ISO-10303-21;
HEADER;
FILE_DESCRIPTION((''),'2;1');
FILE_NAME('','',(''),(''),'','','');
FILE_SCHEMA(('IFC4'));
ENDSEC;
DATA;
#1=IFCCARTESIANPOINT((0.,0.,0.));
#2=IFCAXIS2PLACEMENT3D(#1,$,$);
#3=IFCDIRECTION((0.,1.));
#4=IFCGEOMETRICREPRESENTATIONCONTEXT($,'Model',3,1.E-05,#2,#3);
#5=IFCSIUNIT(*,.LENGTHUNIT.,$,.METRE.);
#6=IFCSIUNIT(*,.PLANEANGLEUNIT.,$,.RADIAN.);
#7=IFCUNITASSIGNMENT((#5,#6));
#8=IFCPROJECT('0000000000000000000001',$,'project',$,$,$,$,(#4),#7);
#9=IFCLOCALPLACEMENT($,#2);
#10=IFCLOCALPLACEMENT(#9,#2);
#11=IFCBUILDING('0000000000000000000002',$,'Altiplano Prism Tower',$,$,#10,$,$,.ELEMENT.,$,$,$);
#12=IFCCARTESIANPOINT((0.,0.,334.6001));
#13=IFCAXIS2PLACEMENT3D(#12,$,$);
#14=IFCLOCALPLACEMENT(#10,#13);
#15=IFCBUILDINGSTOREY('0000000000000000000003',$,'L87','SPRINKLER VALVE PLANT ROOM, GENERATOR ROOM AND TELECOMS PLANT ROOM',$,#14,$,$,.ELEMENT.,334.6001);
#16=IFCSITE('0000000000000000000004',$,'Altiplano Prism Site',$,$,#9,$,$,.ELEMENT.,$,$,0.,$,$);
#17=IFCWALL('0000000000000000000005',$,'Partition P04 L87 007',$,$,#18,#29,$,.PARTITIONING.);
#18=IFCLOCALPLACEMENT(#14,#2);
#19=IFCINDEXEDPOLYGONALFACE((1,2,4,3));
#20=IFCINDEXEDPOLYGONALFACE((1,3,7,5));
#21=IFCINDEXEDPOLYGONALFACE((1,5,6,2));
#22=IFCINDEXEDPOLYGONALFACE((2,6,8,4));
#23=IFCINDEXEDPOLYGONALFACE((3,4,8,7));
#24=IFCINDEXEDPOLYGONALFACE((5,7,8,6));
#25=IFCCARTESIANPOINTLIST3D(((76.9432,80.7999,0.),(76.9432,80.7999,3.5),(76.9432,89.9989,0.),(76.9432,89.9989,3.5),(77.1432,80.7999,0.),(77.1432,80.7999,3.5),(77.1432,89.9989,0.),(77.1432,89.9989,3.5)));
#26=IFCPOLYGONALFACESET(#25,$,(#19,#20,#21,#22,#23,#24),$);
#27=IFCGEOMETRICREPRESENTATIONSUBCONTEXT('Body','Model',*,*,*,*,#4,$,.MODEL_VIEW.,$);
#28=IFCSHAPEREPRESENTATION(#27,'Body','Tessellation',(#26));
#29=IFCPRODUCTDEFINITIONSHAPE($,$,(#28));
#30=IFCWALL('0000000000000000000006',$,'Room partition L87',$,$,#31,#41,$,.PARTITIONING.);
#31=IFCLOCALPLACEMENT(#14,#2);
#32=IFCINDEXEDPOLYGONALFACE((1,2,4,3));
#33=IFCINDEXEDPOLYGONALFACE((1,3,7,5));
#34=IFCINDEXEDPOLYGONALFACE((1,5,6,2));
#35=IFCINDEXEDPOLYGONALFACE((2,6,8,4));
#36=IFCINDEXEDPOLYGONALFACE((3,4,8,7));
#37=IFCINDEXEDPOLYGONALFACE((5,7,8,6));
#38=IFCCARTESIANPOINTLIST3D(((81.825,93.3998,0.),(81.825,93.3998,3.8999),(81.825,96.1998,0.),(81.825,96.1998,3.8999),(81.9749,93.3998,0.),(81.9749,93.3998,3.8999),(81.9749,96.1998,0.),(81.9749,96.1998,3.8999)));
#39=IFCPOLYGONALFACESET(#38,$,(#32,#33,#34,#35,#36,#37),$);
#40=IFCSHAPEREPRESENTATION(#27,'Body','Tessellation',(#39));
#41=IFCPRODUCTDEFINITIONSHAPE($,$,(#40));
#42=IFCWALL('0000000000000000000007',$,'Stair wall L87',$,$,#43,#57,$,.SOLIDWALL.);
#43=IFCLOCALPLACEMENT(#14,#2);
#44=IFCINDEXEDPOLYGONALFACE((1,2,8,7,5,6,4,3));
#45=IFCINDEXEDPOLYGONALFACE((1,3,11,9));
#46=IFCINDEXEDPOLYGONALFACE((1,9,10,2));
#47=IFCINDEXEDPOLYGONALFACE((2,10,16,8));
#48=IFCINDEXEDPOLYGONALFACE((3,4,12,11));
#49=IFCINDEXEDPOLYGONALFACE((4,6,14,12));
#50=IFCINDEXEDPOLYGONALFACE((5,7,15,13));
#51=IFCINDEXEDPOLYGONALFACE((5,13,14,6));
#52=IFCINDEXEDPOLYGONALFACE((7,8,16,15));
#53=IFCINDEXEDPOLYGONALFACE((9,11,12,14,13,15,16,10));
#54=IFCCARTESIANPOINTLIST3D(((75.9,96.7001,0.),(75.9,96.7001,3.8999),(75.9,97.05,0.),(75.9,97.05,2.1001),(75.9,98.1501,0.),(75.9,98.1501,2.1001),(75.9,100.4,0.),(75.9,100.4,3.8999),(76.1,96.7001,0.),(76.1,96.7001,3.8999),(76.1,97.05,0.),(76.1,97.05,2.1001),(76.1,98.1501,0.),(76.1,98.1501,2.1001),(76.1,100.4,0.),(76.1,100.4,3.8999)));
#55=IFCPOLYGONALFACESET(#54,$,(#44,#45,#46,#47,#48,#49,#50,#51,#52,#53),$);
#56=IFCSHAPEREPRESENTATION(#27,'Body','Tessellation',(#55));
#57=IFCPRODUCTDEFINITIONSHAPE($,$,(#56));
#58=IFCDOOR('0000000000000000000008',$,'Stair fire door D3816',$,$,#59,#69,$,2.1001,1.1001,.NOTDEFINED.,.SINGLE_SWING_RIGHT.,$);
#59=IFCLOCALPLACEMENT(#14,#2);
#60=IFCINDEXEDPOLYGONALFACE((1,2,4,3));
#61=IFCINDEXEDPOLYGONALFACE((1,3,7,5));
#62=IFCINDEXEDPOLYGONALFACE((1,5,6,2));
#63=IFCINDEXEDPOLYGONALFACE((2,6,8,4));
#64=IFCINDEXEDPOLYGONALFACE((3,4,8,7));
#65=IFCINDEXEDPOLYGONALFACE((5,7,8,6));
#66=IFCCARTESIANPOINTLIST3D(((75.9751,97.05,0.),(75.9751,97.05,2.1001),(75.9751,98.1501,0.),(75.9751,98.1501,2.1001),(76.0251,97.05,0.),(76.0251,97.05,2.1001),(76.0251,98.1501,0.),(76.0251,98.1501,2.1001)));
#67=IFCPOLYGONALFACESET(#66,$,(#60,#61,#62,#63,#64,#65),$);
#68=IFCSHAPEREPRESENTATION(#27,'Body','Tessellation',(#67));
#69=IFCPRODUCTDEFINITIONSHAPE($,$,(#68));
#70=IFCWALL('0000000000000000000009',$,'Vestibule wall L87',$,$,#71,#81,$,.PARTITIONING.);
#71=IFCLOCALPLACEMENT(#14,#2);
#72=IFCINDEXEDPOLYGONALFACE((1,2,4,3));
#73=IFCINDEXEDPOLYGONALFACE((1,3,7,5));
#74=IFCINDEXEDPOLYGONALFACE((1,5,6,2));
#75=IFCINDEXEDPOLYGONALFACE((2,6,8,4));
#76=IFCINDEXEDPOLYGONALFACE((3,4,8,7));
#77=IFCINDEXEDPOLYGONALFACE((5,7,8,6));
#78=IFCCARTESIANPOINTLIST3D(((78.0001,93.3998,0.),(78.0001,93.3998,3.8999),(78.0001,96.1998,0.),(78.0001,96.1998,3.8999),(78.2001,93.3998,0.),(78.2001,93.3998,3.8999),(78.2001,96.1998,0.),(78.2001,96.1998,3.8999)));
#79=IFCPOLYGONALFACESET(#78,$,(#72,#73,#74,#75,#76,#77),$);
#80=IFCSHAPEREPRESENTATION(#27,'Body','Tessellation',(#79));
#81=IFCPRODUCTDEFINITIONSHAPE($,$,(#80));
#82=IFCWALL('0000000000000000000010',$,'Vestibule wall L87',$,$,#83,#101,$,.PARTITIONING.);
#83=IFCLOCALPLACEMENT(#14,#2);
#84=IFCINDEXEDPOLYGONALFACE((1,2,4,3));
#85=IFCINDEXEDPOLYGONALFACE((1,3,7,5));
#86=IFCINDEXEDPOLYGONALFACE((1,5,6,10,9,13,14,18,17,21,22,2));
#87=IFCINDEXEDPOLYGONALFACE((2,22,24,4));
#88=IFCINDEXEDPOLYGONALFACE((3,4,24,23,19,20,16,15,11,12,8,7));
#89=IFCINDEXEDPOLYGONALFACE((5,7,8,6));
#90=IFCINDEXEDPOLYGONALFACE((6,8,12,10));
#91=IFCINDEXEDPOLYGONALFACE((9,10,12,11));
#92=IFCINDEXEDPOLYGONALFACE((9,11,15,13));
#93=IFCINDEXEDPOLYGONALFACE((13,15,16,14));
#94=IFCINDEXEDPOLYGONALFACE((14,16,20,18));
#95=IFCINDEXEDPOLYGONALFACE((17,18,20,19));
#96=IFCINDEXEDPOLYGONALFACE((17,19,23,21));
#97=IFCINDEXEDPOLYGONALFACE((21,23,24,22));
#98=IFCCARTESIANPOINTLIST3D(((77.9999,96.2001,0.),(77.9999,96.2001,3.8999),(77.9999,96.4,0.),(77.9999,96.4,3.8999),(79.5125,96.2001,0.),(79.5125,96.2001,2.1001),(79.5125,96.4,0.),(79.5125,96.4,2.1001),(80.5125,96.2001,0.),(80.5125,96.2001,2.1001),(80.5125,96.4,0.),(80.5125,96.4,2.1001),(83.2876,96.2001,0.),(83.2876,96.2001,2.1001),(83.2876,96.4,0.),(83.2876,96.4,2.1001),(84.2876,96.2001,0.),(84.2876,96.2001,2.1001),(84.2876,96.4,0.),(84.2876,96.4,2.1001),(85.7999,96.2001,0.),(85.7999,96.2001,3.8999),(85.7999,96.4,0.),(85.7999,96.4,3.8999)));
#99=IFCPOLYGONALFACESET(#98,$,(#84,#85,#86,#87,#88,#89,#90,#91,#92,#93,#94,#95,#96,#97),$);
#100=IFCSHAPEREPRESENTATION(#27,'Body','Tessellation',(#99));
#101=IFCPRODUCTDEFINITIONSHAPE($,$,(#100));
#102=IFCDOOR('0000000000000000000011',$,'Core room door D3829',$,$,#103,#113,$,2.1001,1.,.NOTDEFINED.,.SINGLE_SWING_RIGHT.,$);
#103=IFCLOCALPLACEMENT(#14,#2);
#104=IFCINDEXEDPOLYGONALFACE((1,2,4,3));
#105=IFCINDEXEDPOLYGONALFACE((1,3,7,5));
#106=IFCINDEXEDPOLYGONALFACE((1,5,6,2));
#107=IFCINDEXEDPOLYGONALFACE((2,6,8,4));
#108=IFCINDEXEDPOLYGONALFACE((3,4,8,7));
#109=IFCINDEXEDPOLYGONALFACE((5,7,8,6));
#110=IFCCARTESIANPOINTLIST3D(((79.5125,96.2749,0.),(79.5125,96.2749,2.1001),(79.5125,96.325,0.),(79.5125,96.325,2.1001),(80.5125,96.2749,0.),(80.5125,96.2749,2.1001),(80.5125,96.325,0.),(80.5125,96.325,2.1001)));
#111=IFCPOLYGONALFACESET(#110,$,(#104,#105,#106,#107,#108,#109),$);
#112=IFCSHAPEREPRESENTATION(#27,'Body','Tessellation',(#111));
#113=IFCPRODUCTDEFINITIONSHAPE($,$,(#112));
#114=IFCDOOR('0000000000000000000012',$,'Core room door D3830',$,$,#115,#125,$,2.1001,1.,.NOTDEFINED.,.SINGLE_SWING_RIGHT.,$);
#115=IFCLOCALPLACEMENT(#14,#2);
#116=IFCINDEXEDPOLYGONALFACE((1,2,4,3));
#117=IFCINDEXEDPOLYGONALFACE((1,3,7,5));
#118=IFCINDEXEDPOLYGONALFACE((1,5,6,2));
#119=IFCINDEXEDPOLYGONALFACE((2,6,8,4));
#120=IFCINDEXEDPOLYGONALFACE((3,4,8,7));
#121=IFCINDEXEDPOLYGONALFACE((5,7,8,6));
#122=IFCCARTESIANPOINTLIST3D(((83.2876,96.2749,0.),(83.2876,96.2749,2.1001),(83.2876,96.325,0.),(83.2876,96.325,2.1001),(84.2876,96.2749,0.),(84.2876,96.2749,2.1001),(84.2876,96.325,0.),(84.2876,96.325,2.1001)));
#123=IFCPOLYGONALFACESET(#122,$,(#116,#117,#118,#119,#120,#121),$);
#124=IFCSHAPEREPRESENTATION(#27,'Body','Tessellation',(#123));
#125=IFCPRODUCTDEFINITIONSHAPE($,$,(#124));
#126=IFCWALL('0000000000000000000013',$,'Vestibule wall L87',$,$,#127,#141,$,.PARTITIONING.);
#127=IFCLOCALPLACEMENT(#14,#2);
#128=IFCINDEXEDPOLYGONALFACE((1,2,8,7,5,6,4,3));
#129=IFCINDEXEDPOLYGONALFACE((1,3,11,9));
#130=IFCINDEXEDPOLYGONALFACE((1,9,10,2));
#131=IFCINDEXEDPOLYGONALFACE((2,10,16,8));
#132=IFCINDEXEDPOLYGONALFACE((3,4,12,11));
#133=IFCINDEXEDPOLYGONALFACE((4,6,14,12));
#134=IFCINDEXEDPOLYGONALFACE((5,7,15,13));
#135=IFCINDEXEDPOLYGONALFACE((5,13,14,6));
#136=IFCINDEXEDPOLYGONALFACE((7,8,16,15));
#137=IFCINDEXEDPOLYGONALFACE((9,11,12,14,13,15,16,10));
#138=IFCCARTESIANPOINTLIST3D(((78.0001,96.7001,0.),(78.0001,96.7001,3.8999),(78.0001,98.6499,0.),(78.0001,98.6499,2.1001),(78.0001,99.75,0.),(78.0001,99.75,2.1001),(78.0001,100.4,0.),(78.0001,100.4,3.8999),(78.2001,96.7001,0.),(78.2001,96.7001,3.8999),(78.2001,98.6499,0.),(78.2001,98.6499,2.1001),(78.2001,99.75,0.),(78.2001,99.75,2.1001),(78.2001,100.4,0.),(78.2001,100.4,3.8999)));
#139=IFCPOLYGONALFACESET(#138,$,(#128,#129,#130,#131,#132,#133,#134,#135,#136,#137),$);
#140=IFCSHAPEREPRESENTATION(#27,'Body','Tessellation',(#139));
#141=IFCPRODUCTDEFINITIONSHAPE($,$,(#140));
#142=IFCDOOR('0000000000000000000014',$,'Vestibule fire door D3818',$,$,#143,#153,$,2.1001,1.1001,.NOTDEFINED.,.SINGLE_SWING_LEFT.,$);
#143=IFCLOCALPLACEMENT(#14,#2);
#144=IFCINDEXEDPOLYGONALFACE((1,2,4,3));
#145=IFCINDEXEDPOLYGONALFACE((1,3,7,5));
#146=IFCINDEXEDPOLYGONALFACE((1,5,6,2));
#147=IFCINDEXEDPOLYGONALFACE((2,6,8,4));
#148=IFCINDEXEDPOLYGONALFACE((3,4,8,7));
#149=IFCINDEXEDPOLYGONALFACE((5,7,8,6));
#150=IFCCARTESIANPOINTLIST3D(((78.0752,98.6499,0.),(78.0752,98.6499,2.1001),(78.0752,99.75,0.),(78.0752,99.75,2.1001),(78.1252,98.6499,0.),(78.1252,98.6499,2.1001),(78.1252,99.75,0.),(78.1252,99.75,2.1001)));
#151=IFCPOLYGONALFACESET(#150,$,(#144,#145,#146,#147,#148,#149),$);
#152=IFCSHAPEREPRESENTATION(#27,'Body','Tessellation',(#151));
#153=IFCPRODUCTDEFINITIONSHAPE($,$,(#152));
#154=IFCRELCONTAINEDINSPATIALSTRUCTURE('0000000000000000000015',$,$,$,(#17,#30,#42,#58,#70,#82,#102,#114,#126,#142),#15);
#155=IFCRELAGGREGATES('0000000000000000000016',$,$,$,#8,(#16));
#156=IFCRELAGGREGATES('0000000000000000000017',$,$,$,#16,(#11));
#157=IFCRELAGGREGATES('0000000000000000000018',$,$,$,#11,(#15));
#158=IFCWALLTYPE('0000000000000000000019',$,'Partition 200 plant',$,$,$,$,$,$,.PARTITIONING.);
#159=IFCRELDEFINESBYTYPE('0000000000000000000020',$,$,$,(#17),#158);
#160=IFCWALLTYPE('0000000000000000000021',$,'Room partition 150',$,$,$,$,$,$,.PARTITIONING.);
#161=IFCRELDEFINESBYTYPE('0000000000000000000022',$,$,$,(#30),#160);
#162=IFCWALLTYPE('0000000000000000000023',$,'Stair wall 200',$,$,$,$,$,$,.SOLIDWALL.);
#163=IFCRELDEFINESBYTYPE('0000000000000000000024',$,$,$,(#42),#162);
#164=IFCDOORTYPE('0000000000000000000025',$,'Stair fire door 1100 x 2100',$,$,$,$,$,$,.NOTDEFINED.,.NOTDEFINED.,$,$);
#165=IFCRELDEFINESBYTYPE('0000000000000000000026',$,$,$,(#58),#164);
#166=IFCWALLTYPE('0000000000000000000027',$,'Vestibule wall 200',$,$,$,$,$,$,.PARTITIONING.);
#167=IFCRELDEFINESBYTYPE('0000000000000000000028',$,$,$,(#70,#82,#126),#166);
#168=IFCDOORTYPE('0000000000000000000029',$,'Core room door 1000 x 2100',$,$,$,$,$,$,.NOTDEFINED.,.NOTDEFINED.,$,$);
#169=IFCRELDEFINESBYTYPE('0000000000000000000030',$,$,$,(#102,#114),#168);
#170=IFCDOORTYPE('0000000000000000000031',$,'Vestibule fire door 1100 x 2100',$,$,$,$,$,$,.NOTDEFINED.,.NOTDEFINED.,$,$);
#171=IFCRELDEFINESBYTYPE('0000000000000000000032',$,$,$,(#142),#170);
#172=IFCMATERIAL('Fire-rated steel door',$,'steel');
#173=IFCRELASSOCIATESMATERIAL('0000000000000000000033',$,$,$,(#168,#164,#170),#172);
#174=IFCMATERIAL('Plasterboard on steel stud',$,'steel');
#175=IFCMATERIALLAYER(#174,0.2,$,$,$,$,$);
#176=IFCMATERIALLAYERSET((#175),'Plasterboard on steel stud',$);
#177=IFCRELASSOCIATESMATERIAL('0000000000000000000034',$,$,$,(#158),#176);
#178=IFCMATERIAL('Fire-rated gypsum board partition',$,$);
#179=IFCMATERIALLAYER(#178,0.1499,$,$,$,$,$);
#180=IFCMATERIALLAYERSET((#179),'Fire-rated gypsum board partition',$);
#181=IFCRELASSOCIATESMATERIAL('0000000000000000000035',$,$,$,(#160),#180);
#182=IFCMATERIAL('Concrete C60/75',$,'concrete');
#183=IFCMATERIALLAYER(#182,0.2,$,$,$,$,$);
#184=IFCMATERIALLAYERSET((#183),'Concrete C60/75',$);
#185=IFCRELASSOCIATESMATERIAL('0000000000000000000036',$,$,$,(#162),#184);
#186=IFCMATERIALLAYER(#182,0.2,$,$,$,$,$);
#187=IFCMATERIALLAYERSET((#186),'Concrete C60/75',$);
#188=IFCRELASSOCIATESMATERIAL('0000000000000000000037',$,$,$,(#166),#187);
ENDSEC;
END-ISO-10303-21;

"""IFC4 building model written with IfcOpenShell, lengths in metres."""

from ifc_helpers import new_model, si_unit, direction, frame, frame_2d, origin, place, context, subcontext, project, spatial, rectangle, extrude, material, layer, layer_set, type_object, element, fill, save


model = new_model("IFC4")

# Units and contexts
model_context = context("Model", 3, precision=1e-05, world=origin(), true_north=direction((0.0, 1.0)))
body_context = subcontext(model_context, "Body", "Model", "MODEL_VIEW")
ifc_project = project(units=[si_unit("LENGTHUNIT", "METRE"), si_unit("PLANEANGLEUNIT", "RADIAN")], contexts=[model_context])

# Site, building, storey
site_placement = place(None, origin())
site = spatial("IfcSite", under=ifc_project, at=site_placement, Name="Altiplano Prism Site", CompositionType="ELEMENT", RefElevation=0.0)
building_placement = place(site_placement, origin())
building = spatial("IfcBuilding", under=site, at=building_placement, Name="Altiplano Prism Tower", CompositionType="ELEMENT")
storey_placement = place(building_placement, frame((0.0, 0.0, 334.6001)))
storey = spatial("IfcBuildingStorey", under=building, at=storey_placement, Name="L87", Description="SPRINKLER VALVE PLANT ROOM, GENERATOR ROOM AND TELECOMS PLANT ROOM", CompositionType="ELEMENT", Elevation=334.6001)

# Shared definitions
ifc_material_1 = material(Name="Concrete C60/75", Category="concrete")

# Shared definitions
ifc_material_2 = material(Name="Fire-rated steel door", Category="steel")
door_type_1 = type_object("IfcDoorType", Name="Core room door 1000 x 2100", OperationType="NOTDEFINED", PredefinedType="NOTDEFINED", material=ifc_material_2)

# Shared definitions
ifc_material_3 = material(Name="Plasterboard on steel stud", Category="steel")
ifc_layer_1 = layer(ifc_material_3, 0.2)
ifc_layer_set_1 = layer_set([ifc_layer_1], Name="Plasterboard on steel stud")
wall_type_1 = type_object("IfcWallType", Name="Partition 200 plant", PredefinedType="PARTITIONING", material=ifc_layer_set_1)

# Walls
wall_1_placement = place(storey_placement, frame((77.0432, 89.999, 0.0), z_axis=(0.0, 0.0, 1.0), x_axis=(0.0, -1.0, 0.0)))
element("IfcWall", 1, at=wall_1_placement, inside=storey, type_object=wall_type_1, Name="Partition P04 L87 007", PredefinedType="PARTITIONING", context=body_context, shape_type="SweptSolid", body=[
    extrude(rectangle(XDim=9.199, YDim=0.2, at=frame_2d((4.5996, 0.0))), origin(), (0.0, 0.0, 1.0), 3.5),
])
ifc_material_4 = material(Name="Fire-rated gypsum board partition")
ifc_layer_2 = layer(ifc_material_4, 0.1499)
ifc_layer_set_2 = layer_set([ifc_layer_2], Name="Fire-rated gypsum board partition")
wall_type_2 = type_object("IfcWallType", Name="Room partition 150", PredefinedType="PARTITIONING", material=ifc_layer_set_2)
wall_2_placement = place(storey_placement, frame((81.8999, 93.3999, 0.0), z_axis=(0.0, 0.0, 1.0), x_axis=(0.0, 1.0, 0.0)))
element("IfcWall", 2, at=wall_2_placement, inside=storey, type_object=wall_type_2, Name="Room partition L87", PredefinedType="PARTITIONING", context=body_context, shape_type="SweptSolid", body=[
    extrude(rectangle(XDim=2.8, YDim=0.1499, at=frame_2d((1.3999, 0.0))), origin(), (0.0, 0.0, 1.0), 3.8999),
])

# Wall, opening, door
ifc_layer_3 = layer(ifc_material_1, 0.2)
ifc_layer_set_3 = layer_set([ifc_layer_3], Name="Concrete C60/75")
wall_type_3 = type_object("IfcWallType", Name="Stair wall 200", PredefinedType="SOLIDWALL", material=ifc_layer_set_3)
wall_3_placement = place(storey_placement, frame((76.0, 96.7, 0.0), z_axis=(0.0, 0.0, 1.0), x_axis=(0.0, 1.0, 0.0)))
wall_3 = element("IfcWall", 3, at=wall_3_placement, inside=storey, type_object=wall_type_3, Name="Stair wall L87", PredefinedType="SOLIDWALL", context=body_context, shape_type="SweptSolid", body=[
    extrude(rectangle(XDim=3.7, YDim=0.2, at=frame_2d((1.8501, 0.0))), origin(), (0.0, 0.0, 1.0), 3.8999),
])
opening_1_placement = place(wall_3_placement, frame((0.3501, 0.0, 0.0)))
opening_1 = element("IfcOpeningElement", 4, at=opening_1_placement, cuts=wall_3, PredefinedType="OPENING", context=body_context, shape_type="SweptSolid", body=[
    extrude(rectangle(XDim=1.1001, YDim=2.1001, at=frame_2d((0.55, 1.05))), frame((0.0, 0.1104, 0.0), z_axis=(0.0, -1.0, 0.0), x_axis=(1.0, 0.0, 0.0)), (0.0, 0.0, 1.0), 0.2209),
])
door_type_2 = type_object("IfcDoorType", Name="Stair fire door 1100 x 2100", OperationType="NOTDEFINED", PredefinedType="NOTDEFINED", material=ifc_material_2)
door_1_placement = place(opening_1_placement, origin())
door_1 = element("IfcDoor", 5, at=door_1_placement, inside=storey, type_object=door_type_2, Name="Stair fire door D3816", OperationType="SINGLE_SWING_RIGHT", OverallHeight=2.1001, OverallWidth=1.1001, PredefinedType="NOTDEFINED", context=body_context, shape_type="SweptSolid", body=[
    extrude(rectangle(XDim=1.1001, YDim=2.1001, at=frame_2d((0.55, 1.05))), frame((0.0, 0.0249, 0.0), z_axis=(0.0, -1.0, 0.0), x_axis=(1.0, 0.0, 0.0)), (0.0, 0.0, 1.0), 0.05),
])
fill(opening_1, door_1)

# Wall
ifc_layer_4 = layer(ifc_material_1, 0.2)
ifc_layer_set_4 = layer_set([ifc_layer_4], Name="Concrete C60/75")
wall_type_4 = type_object("IfcWallType", Name="Vestibule wall 200", PredefinedType="PARTITIONING", material=ifc_layer_set_4)
wall_4_placement = place(storey_placement, frame((78.1001, 93.3999, 0.0), z_axis=(0.0, 0.0, 1.0), x_axis=(0.0, 1.0, 0.0)))
element("IfcWall", 6, at=wall_4_placement, inside=storey, type_object=wall_type_4, Name="Vestibule wall L87", PredefinedType="PARTITIONING", context=body_context, shape_type="SweptSolid", body=[
    extrude(rectangle(XDim=2.8, YDim=0.2, at=frame_2d((1.3999, 0.0))), origin(), (0.0, 0.0, 1.0), 3.8999),
])

# Wall, openings, doors
wall_5_placement = place(storey_placement, frame((78.0, 96.3, 0.0), z_axis=(0.0, 0.0, 1.0), x_axis=(1.0, 0.0, 0.0)))
wall_5 = element("IfcWall", 7, at=wall_5_placement, inside=storey, type_object=wall_type_4, Name="Vestibule wall L87", PredefinedType="PARTITIONING", context=body_context, shape_type="SweptSolid", body=[
    extrude(rectangle(XDim=7.8, YDim=0.2, at=frame_2d((3.8999, 0.0))), origin(), (0.0, 0.0, 1.0), 3.8999),
])
opening_2_placement = place(wall_5_placement, frame((1.5125, 0.0, 0.0)))
opening_2 = element("IfcOpeningElement", 8, at=opening_2_placement, cuts=wall_5, PredefinedType="OPENING", context=body_context, shape_type="SweptSolid", body=[
    extrude(rectangle(XDim=1.0, YDim=2.1001, at=frame_2d((0.5, 1.05))), frame((0.0, 0.1104, 0.0), z_axis=(0.0, -1.0, 0.0), x_axis=(1.0, 0.0, 0.0)), (0.0, 0.0, 1.0), 0.2209),
])
opening_3_placement = place(wall_5_placement, frame((5.2876, 0.0, 0.0)))
opening_3 = element("IfcOpeningElement", 9, at=opening_3_placement, cuts=wall_5, PredefinedType="OPENING", context=body_context, shape_type="SweptSolid", body=[
    extrude(rectangle(XDim=1.0, YDim=2.1001, at=frame_2d((0.5, 1.05))), frame((0.0, 0.1104, 0.0), z_axis=(0.0, -1.0, 0.0), x_axis=(1.0, 0.0, 0.0)), (0.0, 0.0, 1.0), 0.2209),
])
door_2_placement = place(opening_2_placement, origin())
door_2 = element("IfcDoor", 10, at=door_2_placement, inside=storey, type_object=door_type_1, Name="Core room door D3829", OperationType="SINGLE_SWING_RIGHT", OverallHeight=2.1001, OverallWidth=1.0, PredefinedType="NOTDEFINED", context=body_context, shape_type="SweptSolid", body=[
    extrude(rectangle(XDim=1.0, YDim=2.1001, at=frame_2d((0.5, 1.05))), frame((0.0, 0.0249, 0.0), z_axis=(0.0, -1.0, 0.0), x_axis=(1.0, 0.0, 0.0)), (0.0, 0.0, 1.0), 0.05),
])
fill(opening_2, door_2)
door_3_placement = place(opening_3_placement, origin())
door_3 = element("IfcDoor", 11, at=door_3_placement, inside=storey, type_object=door_type_1, Name="Core room door D3830", OperationType="SINGLE_SWING_RIGHT", OverallHeight=2.1001, OverallWidth=1.0, PredefinedType="NOTDEFINED", context=body_context, shape_type="SweptSolid", body=[
    extrude(rectangle(XDim=1.0, YDim=2.1001, at=frame_2d((0.5, 1.05))), frame((0.0, 0.0249, 0.0), z_axis=(0.0, -1.0, 0.0), x_axis=(1.0, 0.0, 0.0)), (0.0, 0.0, 1.0), 0.05),
])
fill(opening_3, door_3)

# Wall, opening, door
wall_6_placement = place(storey_placement, frame((78.1001, 96.7, 0.0), z_axis=(0.0, 0.0, 1.0), x_axis=(0.0, 1.0, 0.0)))
wall_6 = element("IfcWall", 12, at=wall_6_placement, inside=storey, type_object=wall_type_4, Name="Vestibule wall L87", PredefinedType="PARTITIONING", context=body_context, shape_type="SweptSolid", body=[
    extrude(rectangle(XDim=3.7, YDim=0.2, at=frame_2d((1.8501, 0.0))), origin(), (0.0, 0.0, 1.0), 3.8999),
])
opening_4_placement = place(wall_6_placement, frame((1.95, 0.0, 0.0)))
opening_4 = element("IfcOpeningElement", 13, at=opening_4_placement, cuts=wall_6, PredefinedType="OPENING", context=body_context, shape_type="SweptSolid", body=[
    extrude(rectangle(XDim=1.1001, YDim=2.1001, at=frame_2d((0.55, 1.05))), frame((0.0, 0.1104, 0.0), z_axis=(0.0, -1.0, 0.0), x_axis=(1.0, 0.0, 0.0)), (0.0, 0.0, 1.0), 0.2209),
])
door_type_3 = type_object("IfcDoorType", Name="Vestibule fire door 1100 x 2100", OperationType="NOTDEFINED", PredefinedType="NOTDEFINED", material=ifc_material_2)
door_4_placement = place(opening_4_placement, origin())
door_4 = element("IfcDoor", 14, at=door_4_placement, inside=storey, type_object=door_type_3, Name="Vestibule fire door D3818", OperationType="SINGLE_SWING_LEFT", OverallHeight=2.1001, OverallWidth=1.1001, PredefinedType="NOTDEFINED", context=body_context, shape_type="SweptSolid", body=[
    extrude(rectangle(XDim=1.1001, YDim=2.1001, at=frame_2d((0.55, 1.05))), frame((0.0, 0.0249, 0.0), z_axis=(0.0, -1.0, 0.0), x_axis=(1.0, 0.0, 0.0)), (0.0, 0.0, 1.0), 0.05),
])
fill(opening_4, door_4)

save(model, "model.ifc")
